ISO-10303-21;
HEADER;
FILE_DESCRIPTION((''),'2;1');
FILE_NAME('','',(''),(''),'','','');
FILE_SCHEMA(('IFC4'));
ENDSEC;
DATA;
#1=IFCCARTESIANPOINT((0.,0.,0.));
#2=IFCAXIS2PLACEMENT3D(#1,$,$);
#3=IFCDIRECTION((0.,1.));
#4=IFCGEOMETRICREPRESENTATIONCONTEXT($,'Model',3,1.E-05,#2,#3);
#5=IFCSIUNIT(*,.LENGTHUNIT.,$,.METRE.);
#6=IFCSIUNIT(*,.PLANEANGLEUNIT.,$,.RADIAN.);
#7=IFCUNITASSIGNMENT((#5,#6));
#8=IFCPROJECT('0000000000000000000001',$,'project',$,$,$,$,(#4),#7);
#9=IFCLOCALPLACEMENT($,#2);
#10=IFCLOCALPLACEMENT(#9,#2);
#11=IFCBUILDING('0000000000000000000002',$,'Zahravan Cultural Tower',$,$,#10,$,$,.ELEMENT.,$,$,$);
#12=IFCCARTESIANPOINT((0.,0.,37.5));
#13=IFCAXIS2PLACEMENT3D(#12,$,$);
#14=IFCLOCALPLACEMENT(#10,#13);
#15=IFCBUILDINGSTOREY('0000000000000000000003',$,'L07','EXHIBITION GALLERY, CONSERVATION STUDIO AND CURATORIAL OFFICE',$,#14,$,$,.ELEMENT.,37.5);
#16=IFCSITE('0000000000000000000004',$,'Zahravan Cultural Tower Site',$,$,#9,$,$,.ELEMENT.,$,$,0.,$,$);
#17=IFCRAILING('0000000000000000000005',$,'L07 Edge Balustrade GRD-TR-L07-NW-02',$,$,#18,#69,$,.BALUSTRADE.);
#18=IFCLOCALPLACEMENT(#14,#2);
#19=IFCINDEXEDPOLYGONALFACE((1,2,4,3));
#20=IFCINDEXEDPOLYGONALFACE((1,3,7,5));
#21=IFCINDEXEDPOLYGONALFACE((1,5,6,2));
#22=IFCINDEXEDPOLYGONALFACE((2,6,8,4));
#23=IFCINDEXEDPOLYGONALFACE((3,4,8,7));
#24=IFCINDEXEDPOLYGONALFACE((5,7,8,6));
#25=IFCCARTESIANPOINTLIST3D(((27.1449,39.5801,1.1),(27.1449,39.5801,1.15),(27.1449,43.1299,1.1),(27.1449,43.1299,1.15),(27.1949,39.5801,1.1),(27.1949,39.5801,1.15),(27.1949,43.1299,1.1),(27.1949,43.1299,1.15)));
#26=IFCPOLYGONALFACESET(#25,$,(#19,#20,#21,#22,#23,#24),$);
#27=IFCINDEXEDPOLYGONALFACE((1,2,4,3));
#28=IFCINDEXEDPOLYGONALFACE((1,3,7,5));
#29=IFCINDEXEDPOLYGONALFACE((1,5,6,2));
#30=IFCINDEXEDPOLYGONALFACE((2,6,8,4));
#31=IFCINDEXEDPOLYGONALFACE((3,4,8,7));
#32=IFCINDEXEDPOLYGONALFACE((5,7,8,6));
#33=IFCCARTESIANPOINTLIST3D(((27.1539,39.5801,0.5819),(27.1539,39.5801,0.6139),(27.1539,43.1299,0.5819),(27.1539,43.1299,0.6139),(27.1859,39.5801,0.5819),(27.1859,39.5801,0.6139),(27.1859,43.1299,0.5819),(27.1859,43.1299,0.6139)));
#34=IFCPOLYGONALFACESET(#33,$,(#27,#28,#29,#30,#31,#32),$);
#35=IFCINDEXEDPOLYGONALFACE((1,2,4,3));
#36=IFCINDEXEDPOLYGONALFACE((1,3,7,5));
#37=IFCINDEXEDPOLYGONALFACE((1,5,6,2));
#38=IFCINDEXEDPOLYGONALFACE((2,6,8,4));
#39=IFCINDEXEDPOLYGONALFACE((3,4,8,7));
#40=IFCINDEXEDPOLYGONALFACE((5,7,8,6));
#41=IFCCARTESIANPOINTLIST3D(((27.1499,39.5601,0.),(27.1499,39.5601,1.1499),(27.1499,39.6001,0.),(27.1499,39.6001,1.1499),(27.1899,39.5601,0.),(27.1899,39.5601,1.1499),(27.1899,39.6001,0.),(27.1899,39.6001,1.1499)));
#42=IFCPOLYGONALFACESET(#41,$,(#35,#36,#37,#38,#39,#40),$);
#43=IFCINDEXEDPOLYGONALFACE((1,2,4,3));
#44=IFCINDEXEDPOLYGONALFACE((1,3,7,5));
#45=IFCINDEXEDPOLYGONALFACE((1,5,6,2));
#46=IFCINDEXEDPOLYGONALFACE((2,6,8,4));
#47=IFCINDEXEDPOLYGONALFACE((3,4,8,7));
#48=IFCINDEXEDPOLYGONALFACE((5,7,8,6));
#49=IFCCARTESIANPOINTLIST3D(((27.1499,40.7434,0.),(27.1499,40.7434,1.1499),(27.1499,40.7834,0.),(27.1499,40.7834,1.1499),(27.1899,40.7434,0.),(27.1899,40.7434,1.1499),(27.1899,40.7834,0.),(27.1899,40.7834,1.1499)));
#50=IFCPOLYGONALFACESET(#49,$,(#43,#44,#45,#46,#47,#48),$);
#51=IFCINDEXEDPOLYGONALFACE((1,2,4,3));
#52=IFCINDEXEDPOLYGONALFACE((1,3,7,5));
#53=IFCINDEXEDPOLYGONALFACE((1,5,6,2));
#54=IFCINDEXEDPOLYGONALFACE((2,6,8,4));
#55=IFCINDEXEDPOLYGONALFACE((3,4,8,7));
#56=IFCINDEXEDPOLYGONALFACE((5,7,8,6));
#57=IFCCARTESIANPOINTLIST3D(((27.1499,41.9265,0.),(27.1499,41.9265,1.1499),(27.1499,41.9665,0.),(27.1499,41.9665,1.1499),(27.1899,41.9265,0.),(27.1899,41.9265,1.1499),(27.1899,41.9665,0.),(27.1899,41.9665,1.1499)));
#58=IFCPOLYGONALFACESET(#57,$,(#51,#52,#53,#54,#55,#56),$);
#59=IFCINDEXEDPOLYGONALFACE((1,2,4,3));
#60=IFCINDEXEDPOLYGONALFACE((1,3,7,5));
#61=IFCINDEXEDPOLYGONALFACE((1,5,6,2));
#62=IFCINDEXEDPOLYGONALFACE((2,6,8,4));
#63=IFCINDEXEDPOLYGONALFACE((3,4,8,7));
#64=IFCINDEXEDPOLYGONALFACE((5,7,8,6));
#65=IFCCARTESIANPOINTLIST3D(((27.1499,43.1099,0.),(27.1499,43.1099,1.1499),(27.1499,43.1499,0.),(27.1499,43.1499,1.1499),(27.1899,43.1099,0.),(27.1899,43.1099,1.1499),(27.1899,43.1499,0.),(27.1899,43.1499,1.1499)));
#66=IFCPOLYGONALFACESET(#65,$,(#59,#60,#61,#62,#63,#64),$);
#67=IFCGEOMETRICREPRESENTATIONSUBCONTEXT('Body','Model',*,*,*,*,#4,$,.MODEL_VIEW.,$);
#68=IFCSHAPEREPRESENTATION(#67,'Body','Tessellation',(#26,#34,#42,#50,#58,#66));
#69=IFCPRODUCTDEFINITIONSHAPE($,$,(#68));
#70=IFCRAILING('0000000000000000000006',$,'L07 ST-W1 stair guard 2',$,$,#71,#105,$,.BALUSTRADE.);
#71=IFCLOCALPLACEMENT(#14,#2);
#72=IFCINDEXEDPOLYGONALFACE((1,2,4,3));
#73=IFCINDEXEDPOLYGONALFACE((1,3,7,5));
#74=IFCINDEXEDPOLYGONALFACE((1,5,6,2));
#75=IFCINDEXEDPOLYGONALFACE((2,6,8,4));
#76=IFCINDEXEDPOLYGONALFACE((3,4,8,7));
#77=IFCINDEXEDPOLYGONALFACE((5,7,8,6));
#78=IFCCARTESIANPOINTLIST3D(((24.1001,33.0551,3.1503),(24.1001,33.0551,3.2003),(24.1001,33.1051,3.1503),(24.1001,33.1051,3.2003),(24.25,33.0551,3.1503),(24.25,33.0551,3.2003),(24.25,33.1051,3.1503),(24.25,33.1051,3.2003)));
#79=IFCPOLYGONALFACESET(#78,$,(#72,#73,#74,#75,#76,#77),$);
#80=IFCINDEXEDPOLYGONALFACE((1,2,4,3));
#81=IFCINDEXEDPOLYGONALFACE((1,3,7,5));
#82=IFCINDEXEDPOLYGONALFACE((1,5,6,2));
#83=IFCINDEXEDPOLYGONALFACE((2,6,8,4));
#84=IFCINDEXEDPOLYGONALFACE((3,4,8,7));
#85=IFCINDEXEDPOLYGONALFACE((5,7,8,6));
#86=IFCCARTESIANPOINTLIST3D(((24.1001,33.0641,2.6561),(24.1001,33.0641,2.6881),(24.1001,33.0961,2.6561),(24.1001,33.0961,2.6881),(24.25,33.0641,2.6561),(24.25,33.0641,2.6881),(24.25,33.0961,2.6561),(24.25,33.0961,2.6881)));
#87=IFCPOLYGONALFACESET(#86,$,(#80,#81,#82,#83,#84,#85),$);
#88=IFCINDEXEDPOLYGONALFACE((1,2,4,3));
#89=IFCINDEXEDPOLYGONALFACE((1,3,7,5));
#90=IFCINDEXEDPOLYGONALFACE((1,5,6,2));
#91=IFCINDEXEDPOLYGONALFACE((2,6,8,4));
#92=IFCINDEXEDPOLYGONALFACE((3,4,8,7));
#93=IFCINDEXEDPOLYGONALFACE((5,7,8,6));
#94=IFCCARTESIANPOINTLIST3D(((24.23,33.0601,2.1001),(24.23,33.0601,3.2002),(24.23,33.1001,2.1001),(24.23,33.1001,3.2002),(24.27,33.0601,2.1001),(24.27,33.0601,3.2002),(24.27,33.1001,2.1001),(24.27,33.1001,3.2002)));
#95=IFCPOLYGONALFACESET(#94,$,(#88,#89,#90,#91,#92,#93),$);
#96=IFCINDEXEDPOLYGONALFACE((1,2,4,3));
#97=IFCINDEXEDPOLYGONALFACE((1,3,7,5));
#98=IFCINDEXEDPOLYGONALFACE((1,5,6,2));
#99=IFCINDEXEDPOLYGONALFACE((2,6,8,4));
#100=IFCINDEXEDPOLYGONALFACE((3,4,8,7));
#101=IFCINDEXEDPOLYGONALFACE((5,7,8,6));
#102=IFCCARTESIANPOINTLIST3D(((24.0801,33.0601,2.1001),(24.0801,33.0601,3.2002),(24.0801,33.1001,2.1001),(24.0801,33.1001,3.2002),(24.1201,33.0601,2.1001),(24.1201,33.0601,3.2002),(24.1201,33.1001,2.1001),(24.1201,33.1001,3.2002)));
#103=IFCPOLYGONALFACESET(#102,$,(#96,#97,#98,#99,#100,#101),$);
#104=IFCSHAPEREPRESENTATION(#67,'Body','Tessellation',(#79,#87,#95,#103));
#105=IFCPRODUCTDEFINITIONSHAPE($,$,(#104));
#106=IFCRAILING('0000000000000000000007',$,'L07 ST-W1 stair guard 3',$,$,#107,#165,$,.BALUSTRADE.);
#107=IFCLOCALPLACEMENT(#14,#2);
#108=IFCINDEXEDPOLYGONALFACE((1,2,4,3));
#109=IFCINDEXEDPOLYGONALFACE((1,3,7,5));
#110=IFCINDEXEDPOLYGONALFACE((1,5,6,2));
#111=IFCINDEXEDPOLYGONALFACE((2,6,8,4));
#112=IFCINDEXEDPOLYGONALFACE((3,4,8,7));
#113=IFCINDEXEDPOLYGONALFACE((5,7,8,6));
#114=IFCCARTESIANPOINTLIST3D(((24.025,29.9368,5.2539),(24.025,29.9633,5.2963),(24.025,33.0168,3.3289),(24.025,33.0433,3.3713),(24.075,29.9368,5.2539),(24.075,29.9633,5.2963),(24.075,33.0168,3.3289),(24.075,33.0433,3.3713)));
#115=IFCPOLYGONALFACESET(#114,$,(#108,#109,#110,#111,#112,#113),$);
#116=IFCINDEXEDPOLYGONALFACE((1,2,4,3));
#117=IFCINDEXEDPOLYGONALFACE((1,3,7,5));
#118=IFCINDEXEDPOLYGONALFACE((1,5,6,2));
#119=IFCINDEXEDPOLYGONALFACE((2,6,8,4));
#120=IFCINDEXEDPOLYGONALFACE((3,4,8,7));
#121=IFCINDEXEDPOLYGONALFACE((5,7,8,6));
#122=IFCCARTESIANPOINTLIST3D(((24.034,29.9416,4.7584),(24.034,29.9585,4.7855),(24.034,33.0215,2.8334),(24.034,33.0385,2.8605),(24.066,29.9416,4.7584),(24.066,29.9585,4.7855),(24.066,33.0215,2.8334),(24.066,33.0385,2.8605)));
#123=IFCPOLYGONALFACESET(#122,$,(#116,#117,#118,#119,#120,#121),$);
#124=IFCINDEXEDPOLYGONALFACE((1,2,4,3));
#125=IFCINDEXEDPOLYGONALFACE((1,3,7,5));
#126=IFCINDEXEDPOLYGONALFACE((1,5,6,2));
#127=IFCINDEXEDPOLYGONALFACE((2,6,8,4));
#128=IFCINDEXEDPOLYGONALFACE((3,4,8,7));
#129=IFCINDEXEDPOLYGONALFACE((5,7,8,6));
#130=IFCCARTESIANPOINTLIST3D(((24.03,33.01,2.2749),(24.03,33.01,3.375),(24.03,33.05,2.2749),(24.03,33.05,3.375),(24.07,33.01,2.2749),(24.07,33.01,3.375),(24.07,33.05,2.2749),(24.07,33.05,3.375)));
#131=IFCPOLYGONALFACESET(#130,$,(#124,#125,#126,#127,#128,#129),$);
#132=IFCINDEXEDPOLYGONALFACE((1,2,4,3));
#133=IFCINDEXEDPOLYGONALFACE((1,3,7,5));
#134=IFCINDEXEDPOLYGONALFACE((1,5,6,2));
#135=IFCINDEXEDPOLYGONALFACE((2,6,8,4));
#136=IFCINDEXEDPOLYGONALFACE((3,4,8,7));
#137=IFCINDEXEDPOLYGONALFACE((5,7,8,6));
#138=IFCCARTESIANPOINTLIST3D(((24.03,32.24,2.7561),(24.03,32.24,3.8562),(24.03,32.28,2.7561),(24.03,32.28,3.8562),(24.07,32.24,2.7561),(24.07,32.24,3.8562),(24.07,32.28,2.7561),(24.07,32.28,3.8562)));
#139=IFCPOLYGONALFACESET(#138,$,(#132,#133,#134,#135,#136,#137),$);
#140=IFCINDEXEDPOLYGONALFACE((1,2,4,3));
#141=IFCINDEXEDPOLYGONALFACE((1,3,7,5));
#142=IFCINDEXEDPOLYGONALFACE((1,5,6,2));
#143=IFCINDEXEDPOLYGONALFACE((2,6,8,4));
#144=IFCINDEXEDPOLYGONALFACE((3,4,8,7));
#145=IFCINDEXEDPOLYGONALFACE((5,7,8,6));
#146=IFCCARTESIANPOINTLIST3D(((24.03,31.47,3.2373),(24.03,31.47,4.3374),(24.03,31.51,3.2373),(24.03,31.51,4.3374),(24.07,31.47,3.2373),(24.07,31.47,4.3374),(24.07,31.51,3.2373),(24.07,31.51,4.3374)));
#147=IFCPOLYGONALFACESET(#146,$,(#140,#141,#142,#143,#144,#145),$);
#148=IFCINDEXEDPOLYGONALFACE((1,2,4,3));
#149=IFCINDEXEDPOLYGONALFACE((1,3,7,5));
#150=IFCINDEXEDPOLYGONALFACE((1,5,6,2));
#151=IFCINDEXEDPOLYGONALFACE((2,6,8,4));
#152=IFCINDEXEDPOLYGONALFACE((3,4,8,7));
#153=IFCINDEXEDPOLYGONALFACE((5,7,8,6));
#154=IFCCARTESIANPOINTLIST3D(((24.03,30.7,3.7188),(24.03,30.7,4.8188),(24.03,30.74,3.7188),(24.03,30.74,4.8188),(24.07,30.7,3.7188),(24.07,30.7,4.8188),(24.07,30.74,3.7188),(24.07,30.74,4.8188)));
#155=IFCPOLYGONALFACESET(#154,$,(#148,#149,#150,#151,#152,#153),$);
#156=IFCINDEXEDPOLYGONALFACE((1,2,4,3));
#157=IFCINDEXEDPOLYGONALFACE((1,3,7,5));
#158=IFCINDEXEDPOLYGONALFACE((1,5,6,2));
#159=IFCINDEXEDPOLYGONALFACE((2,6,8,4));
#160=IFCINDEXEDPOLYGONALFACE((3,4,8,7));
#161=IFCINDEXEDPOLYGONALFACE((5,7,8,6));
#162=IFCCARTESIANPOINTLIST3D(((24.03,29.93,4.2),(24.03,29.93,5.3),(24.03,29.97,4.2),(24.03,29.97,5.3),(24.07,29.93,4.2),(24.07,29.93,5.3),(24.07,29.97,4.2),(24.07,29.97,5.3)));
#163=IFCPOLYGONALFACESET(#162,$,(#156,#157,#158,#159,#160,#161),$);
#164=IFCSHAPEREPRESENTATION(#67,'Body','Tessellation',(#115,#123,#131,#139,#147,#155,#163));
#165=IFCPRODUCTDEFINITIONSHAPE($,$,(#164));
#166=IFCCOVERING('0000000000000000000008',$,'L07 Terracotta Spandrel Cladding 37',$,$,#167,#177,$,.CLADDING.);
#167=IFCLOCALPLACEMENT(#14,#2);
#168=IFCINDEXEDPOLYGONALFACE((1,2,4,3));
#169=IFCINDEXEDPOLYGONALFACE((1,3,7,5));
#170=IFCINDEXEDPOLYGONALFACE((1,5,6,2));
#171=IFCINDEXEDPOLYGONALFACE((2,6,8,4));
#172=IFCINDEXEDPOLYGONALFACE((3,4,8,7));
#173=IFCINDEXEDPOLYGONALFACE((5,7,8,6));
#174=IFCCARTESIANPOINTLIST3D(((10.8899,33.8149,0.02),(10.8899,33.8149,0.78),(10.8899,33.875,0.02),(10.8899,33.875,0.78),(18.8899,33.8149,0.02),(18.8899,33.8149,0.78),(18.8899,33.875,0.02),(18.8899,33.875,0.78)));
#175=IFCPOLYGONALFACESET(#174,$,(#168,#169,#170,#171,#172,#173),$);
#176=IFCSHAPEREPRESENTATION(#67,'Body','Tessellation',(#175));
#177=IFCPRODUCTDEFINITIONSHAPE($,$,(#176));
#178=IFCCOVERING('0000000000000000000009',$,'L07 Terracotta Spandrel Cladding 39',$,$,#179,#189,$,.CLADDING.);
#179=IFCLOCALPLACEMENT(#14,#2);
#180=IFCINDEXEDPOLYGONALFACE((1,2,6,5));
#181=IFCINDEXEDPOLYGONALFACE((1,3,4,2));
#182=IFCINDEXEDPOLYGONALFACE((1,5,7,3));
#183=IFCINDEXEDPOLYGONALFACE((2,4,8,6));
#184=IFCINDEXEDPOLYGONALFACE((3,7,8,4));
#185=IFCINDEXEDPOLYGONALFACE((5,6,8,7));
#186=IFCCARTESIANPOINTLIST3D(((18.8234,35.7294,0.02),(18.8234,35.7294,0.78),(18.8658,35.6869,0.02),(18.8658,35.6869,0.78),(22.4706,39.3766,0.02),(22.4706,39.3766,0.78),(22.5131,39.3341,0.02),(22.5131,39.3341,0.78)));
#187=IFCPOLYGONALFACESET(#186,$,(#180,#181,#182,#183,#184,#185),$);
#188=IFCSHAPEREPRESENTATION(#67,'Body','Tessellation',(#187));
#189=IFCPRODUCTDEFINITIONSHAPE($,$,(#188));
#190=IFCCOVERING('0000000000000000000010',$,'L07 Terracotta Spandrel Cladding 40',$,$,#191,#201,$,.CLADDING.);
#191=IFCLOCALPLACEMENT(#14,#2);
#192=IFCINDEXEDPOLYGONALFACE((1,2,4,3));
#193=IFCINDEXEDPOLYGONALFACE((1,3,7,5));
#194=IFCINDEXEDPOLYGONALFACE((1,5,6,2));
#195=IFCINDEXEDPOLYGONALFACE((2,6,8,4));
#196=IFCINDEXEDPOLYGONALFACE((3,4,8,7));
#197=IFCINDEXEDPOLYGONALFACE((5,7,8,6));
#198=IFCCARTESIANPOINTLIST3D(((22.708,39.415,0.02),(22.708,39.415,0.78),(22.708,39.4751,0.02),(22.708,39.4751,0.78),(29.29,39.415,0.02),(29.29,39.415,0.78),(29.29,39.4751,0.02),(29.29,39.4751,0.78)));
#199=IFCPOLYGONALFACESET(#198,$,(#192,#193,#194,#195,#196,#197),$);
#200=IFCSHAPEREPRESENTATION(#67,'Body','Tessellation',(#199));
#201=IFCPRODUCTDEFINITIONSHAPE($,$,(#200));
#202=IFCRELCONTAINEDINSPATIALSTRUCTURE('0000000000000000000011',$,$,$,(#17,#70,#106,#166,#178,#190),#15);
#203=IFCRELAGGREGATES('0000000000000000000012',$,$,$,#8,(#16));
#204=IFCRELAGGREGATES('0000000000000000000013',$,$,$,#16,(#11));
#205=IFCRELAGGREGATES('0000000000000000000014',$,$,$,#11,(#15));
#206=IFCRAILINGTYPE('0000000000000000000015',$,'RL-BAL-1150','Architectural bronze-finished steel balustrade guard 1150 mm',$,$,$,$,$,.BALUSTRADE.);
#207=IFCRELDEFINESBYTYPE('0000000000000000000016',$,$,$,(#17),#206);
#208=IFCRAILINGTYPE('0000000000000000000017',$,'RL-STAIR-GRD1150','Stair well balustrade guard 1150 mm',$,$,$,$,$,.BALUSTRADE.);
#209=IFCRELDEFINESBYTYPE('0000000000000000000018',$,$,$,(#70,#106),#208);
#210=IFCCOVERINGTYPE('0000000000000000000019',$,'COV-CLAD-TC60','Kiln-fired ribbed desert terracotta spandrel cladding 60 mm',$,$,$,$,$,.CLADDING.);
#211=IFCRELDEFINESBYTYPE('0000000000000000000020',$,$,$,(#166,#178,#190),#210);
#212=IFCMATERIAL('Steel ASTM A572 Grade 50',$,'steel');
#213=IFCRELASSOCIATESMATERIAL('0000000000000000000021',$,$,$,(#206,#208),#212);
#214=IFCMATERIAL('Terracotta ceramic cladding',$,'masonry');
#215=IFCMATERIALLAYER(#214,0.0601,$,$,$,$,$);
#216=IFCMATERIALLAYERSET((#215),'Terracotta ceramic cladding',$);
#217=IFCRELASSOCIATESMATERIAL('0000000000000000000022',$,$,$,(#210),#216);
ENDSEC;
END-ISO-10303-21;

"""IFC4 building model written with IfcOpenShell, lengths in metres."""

from ifc_helpers import new_model, si_unit, direction, frame, origin, origin_2d, place, context, subcontext, project, spatial, rectangle, extrude, source, transform, mapped, material, layer, layer_set, type_object, element, save


model = new_model("IFC4")

# Units and contexts
model_context = context("Model", 3, precision=1e-05, world=origin(), true_north=direction((0.0, 1.0)))
body_context = subcontext(model_context, "Body", "Model", "MODEL_VIEW")
ifc_project = project(units=[si_unit("LENGTHUNIT", "METRE"), si_unit("PLANEANGLEUNIT", "RADIAN")], contexts=[model_context])

# Site, building, storey
site_placement = place(None, origin())
site = spatial("IfcSite", under=ifc_project, at=site_placement, Name="Zahravan Cultural Tower Site", CompositionType="ELEMENT", RefElevation=0.0)
building_placement = place(site_placement, origin())
building = spatial("IfcBuilding", under=site, at=building_placement, Name="Zahravan Cultural Tower", CompositionType="ELEMENT")
storey_placement = place(building_placement, frame((0.0, 0.0, 37.5)))
storey = spatial("IfcBuildingStorey", under=building, at=storey_placement, Name="L07", Description="EXHIBITION GALLERY, CONSERVATION STUDIO AND CURATORIAL OFFICE", CompositionType="ELEMENT", Elevation=37.5)

# Shared definitions
ifc_material_1 = material(Name="Steel ASTM A572 Grade 50", Category="steel")

# Railings
railing_type_1 = type_object("IfcRailingType", Name="RL-BAL-1150", Description="Architectural bronze-finished steel balustrade guard 1150 mm", PredefinedType="BALUSTRADE", material=ifc_material_1)
railing_1_placement = place(storey_placement, frame((27.1699, 39.5801, 0.0)))
element("IfcRailing", 1, at=railing_1_placement, inside=storey, type_object=railing_type_1, Name="L07 Edge Balustrade GRD-TR-L07-NW-02", PredefinedType="BALUSTRADE", context=body_context, shape_type="SweptSolid", body=[
    extrude(rectangle(XDim=0.05, YDim=0.05, at=origin_2d()), frame((0.0, 0.0, 1.125), z_axis=(0.0, 1.0, 0.0), x_axis=(-1.0, 0.0, 0.0)), (0.0, 0.0, 1.0), 3.5498),
    extrude(rectangle(XDim=0.032, YDim=0.032, at=origin_2d()), frame((0.0, 0.0, 0.5979), z_axis=(0.0, 1.0, 0.0), x_axis=(-1.0, 0.0, 0.0)), (0.0, 0.0, 1.0), 3.5498),
    extrude(rectangle(XDim=0.04, YDim=0.04, at=origin_2d()), origin(), (0.0, 0.0, 1.0), 1.1499),
    extrude(rectangle(XDim=0.04, YDim=0.04, at=origin_2d()), frame((0.0, 1.1833, 0.0)), (0.0, 0.0, 1.0), 1.1499),
    extrude(rectangle(XDim=0.04, YDim=0.04, at=origin_2d()), frame((0.0, 2.3665, 0.0)), (0.0, 0.0, 1.0), 1.1499),
    extrude(rectangle(XDim=0.04, YDim=0.04, at=origin_2d()), frame((0.0, 3.5498, 0.0)), (0.0, 0.0, 1.0), 1.1499),
])
railing_type_2 = type_object("IfcRailingType", Name="RL-STAIR-GRD1150", Description="Stair well balustrade guard 1150 mm", PredefinedType="BALUSTRADE", material=ifc_material_1)
railing_2_placement = place(storey_placement, frame((24.25, 33.0801, 2.1001)))
element("IfcRailing", 2, at=railing_2_placement, inside=storey, type_object=railing_type_2, Name="L07 ST-W1 stair guard 2", PredefinedType="BALUSTRADE", context=body_context, shape_type="SweptSolid", body=[
    extrude(rectangle(XDim=0.05, YDim=0.05, at=origin_2d()), frame((0.0, 0.0, 1.0752), z_axis=(-1.0, 0.0, 0.0), x_axis=(0.0, -1.0, 0.0)), (0.0, 0.0, 1.0), 0.1499),
    extrude(rectangle(XDim=0.032, YDim=0.032, at=origin_2d()), frame((0.0, 0.0, 0.572), z_axis=(-1.0, 0.0, 0.0), x_axis=(0.0, -1.0, 0.0)), (0.0, 0.0, 1.0), 0.1499),
    extrude(rectangle(XDim=0.04, YDim=0.04, at=origin_2d()), origin(), (0.0, 0.0, 1.0), 1.1001),
    extrude(rectangle(XDim=0.04, YDim=0.04, at=origin_2d()), frame((-0.1499, 0.0, 0.0)), (0.0, 0.0, 1.0), 1.1001),
])
railing_3_placement = place(storey_placement, frame((24.05, 33.03, 2.2749)))
element("IfcRailing", 3, at=railing_3_placement, inside=storey, type_object=railing_type_2, Name="L07 ST-W1 stair guard 3", PredefinedType="BALUSTRADE", context=body_context, shape_type="SweptSolid", body=[
    extrude(rectangle(XDim=0.05, YDim=0.05, at=origin_2d()), frame((0.0, 0.0, 1.0752), z_axis=(0.0, -0.847998, 0.529999), x_axis=(1.0, 0.0, 0.0)), (0.0, 0.0, 1.0), 3.6321),
    extrude(rectangle(XDim=0.032, YDim=0.032, at=origin_2d()), frame((0.0, 0.0, 0.572), z_axis=(0.0, -0.847998, 0.529999), x_axis=(1.0, 0.0, 0.0)), (0.0, 0.0, 1.0), 3.6321),
    extrude(rectangle(XDim=0.04, YDim=0.04, at=origin_2d()), origin(), (0.0, 0.0, 1.0), 1.1001),
    extrude(rectangle(XDim=0.04, YDim=0.04, at=origin_2d()), frame((0.0, -0.77, 0.4812)), (0.0, 0.0, 1.0), 1.1001),
    extrude(rectangle(XDim=0.04, YDim=0.04, at=origin_2d()), frame((0.0, -1.54, 0.9624)), (0.0, 0.0, 1.0), 1.1001),
    extrude(rectangle(XDim=0.04, YDim=0.04, at=origin_2d()), frame((0.0, -2.3101, 1.4438)), (0.0, 0.0, 1.0), 1.1001),
    extrude(rectangle(XDim=0.04, YDim=0.04, at=origin_2d()), frame((0.0, -3.0801, 1.925)), (0.0, 0.0, 1.0), 1.1001),
])

# Coverings
ifc_material_2 = material(Name="Terracotta ceramic cladding", Category="masonry")
ifc_layer_1 = layer(ifc_material_2, 0.0601)
ifc_layer_set_1 = layer_set([ifc_layer_1], Name="Terracotta ceramic cladding")
covering_type = type_object("IfcCoveringType", Name="COV-CLAD-TC60", Description="Kiln-fired ribbed desert terracotta spandrel cladding 60 mm", PredefinedType="CLADDING", material=ifc_layer_set_1)
shared_shape_1 = source(origin(), body_context, "Body", "SweptSolid", [
    extrude(rectangle(XDim=8.0, YDim=0.0601, at=origin_2d()), origin(), (0.0, 0.0, 1.0), 0.76),
])
covering_1_placement = place(storey_placement, frame((14.8899, 33.845, 0.02), z_axis=(0.0, 0.0, 1.0), x_axis=(1.0, 0.0, 0.0)))
element("IfcCovering", 4, at=covering_1_placement, inside=storey, type_object=covering_type, Name="L07 Terracotta Spandrel Cladding 37", PredefinedType="CLADDING", context=body_context, shape_type="MappedRepresentation", body=[
    mapped(shared_shape_1, transform((0.0, 0.0, 0.0), x_axis=(1.0, 0.0, 0.0), y_axis=(0.0, 1.0, 0.0), z_axis=(0.0, 0.0, 1.0), scale=1.0)),
])
shared_shape_2 = source(origin(), body_context, "Body", "SweptSolid", [
    extrude(rectangle(XDim=5.158, YDim=0.0601, at=origin_2d()), origin(), (0.0, 0.0, 1.0), 0.76),
])
covering_2_placement = place(storey_placement, frame((20.6682, 37.5317, 0.02), z_axis=(0.0, 0.0, 1.0), x_axis=(0.707107, 0.707107, 0.0)))
element("IfcCovering", 5, at=covering_2_placement, inside=storey, type_object=covering_type, Name="L07 Terracotta Spandrel Cladding 39", PredefinedType="CLADDING", context=body_context, shape_type="MappedRepresentation", body=[
    mapped(shared_shape_2, transform((0.0, 0.0, 0.0), x_axis=(1.0, 0.0, 0.0), y_axis=(0.0, 1.0, 0.0), z_axis=(0.0, 0.0, 1.0), scale=1.0)),
])
shared_shape_3 = source(origin(), body_context, "Body", "SweptSolid", [
    extrude(rectangle(XDim=6.582, YDim=0.0601, at=origin_2d()), origin(), (0.0, 0.0, 1.0), 0.76),
])
covering_3_placement = place(storey_placement, frame((25.999, 39.4451, 0.02), z_axis=(0.0, 0.0, 1.0), x_axis=(1.0, 0.0, 0.0)))
element("IfcCovering", 6, at=covering_3_placement, inside=storey, type_object=covering_type, Name="L07 Terracotta Spandrel Cladding 40", PredefinedType="CLADDING", context=body_context, shape_type="MappedRepresentation", body=[
    mapped(shared_shape_3, transform((0.0, 0.0, 0.0), x_axis=(1.0, 0.0, 0.0), y_axis=(0.0, 1.0, 0.0), z_axis=(0.0, 0.0, 1.0), scale=1.0)),
])

save(model, "model.ifc")
